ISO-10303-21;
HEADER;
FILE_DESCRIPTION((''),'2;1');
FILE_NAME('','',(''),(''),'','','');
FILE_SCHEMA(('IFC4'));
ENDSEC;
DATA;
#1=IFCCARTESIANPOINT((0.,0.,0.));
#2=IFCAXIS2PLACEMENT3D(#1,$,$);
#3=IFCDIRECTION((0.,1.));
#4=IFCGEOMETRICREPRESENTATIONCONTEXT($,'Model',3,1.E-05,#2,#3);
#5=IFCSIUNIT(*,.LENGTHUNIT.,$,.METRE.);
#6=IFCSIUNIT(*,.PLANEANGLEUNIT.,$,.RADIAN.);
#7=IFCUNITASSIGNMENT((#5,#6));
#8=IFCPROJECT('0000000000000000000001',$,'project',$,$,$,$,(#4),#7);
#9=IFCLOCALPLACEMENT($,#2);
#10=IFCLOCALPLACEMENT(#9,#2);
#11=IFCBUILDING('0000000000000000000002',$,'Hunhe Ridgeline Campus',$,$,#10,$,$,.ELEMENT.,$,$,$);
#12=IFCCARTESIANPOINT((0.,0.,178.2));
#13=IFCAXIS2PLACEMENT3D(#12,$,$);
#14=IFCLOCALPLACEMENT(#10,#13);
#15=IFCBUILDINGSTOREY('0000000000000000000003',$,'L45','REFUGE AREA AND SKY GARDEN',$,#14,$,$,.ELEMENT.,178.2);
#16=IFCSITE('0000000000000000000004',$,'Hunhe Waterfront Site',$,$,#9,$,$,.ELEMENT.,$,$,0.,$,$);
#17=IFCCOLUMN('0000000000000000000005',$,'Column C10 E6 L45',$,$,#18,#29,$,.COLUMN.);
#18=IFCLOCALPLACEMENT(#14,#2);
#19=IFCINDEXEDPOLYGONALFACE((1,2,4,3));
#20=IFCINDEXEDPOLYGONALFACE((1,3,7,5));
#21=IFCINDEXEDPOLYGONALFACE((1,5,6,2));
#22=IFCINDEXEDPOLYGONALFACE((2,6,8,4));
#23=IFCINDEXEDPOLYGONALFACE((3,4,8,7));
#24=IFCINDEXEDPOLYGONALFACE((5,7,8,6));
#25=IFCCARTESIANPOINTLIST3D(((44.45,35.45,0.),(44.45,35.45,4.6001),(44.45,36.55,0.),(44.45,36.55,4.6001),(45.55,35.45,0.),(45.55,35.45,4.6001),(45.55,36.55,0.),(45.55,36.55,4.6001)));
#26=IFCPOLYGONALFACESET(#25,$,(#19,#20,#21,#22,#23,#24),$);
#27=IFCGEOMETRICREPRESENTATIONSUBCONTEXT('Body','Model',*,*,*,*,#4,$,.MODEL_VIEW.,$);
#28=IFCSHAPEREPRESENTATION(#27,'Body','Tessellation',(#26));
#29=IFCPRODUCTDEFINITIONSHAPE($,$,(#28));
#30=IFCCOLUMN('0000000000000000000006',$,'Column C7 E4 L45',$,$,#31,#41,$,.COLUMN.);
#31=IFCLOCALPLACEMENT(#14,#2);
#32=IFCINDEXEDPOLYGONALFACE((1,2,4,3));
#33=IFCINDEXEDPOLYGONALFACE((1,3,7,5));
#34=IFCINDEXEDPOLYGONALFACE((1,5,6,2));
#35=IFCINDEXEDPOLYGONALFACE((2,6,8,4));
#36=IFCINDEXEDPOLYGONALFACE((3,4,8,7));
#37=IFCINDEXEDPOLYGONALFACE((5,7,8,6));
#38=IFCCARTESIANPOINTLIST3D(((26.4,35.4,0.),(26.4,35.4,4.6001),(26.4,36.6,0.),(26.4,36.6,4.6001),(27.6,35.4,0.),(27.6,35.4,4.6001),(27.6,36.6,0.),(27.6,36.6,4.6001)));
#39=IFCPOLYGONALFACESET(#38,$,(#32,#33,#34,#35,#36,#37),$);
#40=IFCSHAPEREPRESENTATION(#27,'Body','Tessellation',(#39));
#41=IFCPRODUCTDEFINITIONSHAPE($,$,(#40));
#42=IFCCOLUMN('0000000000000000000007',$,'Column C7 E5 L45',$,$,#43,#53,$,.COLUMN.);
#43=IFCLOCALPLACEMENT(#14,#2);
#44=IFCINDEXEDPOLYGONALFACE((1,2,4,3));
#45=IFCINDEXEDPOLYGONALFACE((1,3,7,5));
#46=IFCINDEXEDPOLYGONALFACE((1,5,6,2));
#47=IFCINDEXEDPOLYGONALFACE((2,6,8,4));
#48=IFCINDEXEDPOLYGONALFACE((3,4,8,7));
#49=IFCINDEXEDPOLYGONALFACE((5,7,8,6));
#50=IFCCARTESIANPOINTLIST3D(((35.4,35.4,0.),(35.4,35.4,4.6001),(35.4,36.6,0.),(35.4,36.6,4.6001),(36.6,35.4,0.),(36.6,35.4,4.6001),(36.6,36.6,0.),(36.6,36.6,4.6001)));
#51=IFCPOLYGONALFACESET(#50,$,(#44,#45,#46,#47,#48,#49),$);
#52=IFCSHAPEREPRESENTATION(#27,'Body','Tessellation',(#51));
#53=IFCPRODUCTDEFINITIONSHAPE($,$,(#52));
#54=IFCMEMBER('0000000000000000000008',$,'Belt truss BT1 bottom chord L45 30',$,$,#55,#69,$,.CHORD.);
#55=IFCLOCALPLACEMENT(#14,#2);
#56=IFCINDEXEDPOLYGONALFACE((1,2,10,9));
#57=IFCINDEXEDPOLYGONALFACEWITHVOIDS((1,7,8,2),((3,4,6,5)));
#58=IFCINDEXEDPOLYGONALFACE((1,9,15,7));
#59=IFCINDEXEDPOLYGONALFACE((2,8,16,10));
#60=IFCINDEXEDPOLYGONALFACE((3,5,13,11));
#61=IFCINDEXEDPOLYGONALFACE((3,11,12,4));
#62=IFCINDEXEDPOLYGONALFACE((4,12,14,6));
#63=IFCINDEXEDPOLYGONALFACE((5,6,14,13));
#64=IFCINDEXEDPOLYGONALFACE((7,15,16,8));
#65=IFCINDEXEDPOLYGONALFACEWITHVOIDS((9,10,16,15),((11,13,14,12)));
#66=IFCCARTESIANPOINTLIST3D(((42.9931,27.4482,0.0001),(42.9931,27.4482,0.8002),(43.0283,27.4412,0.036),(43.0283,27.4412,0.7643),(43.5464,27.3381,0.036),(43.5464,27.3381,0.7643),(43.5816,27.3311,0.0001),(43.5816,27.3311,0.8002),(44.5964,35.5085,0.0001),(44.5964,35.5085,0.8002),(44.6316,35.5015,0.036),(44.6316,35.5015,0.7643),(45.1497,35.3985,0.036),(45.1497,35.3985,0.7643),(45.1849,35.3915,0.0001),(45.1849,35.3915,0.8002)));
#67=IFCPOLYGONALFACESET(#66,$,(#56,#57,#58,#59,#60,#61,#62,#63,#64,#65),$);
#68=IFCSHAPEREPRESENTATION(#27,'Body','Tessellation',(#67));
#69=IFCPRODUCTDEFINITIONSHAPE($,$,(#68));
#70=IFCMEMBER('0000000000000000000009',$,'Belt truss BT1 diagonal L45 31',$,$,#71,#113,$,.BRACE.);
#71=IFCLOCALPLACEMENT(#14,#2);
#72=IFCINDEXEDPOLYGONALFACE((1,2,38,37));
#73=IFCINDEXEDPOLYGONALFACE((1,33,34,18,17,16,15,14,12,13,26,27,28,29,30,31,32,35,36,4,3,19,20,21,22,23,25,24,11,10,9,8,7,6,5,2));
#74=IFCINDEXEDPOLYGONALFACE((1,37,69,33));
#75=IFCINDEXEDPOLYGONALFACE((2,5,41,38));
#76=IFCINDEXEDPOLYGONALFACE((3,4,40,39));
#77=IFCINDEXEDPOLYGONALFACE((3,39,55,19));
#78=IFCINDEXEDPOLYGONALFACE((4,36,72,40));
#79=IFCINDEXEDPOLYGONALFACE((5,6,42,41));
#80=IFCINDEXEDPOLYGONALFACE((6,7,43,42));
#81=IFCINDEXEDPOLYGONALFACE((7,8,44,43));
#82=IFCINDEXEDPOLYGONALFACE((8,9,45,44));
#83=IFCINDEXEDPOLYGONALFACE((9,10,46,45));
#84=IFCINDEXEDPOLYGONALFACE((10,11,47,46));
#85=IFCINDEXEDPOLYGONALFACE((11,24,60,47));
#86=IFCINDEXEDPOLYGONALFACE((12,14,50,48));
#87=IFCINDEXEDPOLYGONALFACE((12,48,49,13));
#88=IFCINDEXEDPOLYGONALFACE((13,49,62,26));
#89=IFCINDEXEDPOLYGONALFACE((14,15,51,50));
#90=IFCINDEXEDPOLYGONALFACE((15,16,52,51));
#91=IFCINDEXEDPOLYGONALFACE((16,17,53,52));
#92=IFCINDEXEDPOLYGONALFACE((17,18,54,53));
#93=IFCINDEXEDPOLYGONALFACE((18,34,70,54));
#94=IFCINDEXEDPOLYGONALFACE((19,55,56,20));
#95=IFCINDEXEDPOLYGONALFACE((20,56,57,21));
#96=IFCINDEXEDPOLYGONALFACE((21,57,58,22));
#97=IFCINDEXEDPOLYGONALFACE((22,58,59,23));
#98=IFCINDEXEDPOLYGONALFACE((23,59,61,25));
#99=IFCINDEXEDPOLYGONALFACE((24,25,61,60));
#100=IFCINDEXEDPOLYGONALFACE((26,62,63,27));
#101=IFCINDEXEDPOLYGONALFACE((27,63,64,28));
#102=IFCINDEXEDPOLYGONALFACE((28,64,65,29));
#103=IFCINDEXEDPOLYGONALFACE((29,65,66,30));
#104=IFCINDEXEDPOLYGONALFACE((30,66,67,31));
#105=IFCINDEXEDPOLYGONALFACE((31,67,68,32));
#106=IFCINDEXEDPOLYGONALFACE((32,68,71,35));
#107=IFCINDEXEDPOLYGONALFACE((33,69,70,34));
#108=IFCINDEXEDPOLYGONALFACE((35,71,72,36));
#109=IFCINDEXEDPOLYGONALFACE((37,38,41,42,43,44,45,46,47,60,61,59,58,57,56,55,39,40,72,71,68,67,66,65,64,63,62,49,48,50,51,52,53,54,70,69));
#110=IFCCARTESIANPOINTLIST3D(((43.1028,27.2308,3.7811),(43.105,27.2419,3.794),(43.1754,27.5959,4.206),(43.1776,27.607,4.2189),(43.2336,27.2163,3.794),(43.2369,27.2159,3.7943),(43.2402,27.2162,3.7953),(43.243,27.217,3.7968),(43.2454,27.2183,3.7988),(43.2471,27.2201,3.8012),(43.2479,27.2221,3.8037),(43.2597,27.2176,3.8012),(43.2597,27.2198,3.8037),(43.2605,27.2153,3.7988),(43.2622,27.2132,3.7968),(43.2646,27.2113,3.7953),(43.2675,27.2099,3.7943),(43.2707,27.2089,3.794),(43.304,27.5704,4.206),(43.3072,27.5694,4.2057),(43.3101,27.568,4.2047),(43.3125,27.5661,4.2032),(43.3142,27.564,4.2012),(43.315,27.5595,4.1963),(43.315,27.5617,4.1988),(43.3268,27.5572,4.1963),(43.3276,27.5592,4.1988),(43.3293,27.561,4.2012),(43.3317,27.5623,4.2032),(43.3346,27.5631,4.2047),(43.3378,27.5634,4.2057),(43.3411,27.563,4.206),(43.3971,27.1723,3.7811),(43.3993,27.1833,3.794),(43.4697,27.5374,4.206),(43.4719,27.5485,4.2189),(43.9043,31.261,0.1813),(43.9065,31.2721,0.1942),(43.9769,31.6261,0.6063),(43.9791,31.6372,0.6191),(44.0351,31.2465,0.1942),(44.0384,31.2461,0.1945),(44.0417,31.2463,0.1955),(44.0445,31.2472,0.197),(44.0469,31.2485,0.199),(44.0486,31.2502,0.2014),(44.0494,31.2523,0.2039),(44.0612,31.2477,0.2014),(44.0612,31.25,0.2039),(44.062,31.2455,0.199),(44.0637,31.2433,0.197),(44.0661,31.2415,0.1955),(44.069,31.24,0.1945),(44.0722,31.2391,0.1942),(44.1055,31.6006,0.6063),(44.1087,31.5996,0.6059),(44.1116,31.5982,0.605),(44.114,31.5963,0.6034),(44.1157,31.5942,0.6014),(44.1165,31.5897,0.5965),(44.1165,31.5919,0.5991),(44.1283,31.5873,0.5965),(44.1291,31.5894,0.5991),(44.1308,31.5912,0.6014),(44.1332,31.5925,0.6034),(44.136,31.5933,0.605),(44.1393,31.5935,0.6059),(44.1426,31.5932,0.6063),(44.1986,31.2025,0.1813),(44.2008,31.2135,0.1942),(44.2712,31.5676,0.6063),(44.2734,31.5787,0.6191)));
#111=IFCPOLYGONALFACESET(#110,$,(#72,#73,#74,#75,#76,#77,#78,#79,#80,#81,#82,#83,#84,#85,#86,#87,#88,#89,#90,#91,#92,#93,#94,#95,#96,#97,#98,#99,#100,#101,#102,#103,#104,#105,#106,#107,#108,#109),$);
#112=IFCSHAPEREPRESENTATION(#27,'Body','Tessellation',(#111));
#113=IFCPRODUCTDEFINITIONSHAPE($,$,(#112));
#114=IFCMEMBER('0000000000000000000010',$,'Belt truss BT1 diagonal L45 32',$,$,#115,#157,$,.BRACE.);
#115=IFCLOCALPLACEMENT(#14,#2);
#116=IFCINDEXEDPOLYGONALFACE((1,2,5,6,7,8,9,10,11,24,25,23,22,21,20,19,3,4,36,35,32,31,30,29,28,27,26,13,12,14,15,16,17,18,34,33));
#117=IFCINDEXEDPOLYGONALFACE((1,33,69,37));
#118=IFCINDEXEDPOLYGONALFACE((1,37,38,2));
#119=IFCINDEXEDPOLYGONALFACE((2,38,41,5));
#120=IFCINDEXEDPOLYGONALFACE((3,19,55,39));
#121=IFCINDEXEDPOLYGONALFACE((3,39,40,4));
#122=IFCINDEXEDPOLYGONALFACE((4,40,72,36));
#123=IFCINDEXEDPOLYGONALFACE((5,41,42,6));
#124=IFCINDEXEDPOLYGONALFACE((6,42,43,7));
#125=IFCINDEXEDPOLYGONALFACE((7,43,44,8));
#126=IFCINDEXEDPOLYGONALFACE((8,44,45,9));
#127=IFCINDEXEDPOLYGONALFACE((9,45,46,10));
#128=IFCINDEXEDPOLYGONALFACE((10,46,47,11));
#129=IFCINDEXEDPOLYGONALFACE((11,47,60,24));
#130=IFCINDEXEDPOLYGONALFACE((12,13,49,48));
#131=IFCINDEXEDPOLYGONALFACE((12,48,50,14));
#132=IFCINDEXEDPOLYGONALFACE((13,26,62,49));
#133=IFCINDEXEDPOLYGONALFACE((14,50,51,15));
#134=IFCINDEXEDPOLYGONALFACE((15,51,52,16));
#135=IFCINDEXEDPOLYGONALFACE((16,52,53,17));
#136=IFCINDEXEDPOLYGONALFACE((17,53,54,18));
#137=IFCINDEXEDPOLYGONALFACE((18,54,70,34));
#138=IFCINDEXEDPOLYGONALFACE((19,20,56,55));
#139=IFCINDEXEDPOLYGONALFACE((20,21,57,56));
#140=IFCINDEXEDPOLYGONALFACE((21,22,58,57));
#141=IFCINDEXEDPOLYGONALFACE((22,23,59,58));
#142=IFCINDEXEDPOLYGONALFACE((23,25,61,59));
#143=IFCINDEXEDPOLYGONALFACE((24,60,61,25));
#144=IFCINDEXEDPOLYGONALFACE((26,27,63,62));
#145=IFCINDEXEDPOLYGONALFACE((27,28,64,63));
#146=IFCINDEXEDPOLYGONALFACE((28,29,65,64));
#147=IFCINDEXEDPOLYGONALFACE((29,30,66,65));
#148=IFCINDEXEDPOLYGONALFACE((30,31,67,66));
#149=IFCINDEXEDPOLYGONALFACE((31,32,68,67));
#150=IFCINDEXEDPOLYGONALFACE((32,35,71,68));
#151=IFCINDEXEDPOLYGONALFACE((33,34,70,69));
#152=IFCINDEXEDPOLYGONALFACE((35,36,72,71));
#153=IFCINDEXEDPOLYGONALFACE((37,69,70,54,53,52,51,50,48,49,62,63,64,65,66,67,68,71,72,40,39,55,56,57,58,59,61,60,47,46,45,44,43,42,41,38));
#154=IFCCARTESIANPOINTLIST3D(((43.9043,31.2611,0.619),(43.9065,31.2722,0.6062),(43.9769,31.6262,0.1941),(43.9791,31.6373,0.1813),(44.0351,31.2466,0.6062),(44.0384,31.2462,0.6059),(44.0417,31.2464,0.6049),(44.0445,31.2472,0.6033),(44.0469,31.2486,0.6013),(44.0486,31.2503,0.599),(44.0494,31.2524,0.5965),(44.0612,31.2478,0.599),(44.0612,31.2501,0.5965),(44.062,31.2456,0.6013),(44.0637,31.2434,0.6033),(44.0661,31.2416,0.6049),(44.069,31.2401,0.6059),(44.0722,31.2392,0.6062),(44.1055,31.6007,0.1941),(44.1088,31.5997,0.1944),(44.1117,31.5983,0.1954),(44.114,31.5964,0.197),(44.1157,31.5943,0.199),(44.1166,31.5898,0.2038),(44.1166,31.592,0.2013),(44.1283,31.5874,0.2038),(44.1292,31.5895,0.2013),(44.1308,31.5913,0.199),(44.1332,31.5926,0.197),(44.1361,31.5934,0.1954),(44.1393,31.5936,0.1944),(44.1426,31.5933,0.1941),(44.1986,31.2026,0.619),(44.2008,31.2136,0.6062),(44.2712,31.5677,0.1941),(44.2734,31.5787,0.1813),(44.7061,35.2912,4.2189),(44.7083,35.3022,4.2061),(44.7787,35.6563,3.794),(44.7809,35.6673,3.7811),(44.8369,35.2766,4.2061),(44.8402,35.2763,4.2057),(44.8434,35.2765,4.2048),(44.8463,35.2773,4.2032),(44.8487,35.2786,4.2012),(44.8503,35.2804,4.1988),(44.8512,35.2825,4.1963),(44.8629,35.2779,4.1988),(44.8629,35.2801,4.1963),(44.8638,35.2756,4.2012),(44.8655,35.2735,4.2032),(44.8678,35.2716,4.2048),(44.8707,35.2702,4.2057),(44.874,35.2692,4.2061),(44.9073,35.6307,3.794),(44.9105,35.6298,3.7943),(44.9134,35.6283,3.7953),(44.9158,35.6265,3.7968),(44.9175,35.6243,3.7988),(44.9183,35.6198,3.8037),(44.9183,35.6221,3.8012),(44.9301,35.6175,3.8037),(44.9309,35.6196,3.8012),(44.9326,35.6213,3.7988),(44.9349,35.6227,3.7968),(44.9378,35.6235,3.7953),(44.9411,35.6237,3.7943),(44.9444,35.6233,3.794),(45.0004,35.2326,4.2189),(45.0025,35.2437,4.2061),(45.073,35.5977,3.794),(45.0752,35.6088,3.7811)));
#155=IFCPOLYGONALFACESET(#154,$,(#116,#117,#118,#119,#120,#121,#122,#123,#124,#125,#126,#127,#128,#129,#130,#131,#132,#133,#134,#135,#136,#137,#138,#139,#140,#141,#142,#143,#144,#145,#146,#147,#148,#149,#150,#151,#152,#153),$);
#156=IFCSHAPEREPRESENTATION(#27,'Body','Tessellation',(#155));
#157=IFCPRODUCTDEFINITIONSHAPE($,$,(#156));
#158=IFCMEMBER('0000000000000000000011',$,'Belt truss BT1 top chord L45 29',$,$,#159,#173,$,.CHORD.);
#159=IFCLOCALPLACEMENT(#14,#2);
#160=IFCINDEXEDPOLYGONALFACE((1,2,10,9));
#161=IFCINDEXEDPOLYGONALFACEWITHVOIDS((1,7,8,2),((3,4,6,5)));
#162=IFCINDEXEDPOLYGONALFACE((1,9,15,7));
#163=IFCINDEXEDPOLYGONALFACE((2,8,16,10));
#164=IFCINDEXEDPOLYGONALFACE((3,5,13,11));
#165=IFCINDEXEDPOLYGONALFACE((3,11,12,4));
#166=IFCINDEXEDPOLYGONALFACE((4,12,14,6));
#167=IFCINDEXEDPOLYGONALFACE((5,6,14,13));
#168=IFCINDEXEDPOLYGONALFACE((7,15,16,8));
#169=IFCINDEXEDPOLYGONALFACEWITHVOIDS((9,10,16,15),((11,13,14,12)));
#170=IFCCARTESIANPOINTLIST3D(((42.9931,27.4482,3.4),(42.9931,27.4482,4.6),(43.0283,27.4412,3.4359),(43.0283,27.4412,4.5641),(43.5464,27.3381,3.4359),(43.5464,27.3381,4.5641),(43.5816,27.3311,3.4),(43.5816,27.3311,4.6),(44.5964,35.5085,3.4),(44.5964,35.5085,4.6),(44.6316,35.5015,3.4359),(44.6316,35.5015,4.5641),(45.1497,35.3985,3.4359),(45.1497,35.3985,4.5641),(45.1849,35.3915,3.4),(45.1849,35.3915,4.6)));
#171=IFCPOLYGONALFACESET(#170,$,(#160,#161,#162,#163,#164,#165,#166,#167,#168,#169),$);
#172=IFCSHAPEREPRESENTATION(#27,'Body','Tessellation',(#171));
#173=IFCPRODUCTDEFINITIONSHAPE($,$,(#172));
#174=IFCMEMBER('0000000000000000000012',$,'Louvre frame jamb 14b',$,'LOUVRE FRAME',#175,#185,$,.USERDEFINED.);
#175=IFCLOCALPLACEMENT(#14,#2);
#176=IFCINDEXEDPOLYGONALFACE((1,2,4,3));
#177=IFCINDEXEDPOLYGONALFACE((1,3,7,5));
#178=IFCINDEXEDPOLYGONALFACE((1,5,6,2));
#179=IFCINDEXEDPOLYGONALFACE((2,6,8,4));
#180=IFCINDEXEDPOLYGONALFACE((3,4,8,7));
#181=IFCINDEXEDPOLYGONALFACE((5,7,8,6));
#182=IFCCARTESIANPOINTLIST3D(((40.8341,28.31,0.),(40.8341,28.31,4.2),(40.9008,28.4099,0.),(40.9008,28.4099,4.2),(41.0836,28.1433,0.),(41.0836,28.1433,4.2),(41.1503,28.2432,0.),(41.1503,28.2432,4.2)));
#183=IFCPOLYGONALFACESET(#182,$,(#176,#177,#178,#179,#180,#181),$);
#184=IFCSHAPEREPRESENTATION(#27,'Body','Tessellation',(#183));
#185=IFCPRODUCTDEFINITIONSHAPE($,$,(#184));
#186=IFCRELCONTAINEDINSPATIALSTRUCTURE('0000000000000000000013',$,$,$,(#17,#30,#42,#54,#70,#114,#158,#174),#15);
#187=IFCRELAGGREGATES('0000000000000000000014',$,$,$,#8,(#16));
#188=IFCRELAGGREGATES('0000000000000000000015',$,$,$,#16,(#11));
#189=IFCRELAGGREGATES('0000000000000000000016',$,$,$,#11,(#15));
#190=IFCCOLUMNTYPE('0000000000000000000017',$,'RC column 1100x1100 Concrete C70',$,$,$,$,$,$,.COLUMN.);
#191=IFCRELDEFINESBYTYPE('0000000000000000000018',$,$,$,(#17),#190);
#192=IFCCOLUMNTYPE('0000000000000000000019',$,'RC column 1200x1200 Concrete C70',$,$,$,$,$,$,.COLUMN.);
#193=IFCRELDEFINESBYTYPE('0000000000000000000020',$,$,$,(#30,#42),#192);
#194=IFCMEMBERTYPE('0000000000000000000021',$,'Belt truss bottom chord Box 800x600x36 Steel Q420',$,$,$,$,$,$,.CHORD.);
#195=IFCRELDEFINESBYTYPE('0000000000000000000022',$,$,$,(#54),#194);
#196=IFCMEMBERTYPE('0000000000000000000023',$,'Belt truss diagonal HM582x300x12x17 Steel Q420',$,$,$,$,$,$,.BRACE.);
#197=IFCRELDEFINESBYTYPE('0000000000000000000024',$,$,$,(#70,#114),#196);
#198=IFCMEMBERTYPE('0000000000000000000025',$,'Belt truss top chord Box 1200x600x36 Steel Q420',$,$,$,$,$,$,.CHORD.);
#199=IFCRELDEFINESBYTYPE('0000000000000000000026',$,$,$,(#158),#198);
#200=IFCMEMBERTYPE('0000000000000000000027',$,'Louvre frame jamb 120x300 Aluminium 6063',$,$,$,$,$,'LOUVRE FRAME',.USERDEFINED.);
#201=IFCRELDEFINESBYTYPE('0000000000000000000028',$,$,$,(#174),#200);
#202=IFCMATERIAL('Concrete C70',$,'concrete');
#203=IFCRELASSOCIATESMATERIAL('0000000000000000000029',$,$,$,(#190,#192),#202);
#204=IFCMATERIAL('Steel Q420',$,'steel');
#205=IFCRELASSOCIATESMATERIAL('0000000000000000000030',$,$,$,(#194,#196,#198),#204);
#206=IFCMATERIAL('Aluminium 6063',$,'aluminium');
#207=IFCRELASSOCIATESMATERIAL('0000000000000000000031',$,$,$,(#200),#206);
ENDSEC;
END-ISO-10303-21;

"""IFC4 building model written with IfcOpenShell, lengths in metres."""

from ifc_helpers import new_model, si_unit, direction, frame, origin, origin_2d, place, context, subcontext, project, spatial, rectangle, hollow_rectangle, i_section, extrude, material, material_profile, profile_set, type_object, element, save


model = new_model("IFC4")

# Units and contexts
model_context = context("Model", 3, precision=1e-05, world=origin(), true_north=direction((0.0, 1.0)))
body_context = subcontext(model_context, "Body", "Model", "MODEL_VIEW")
ifc_project = project(units=[si_unit("LENGTHUNIT", "METRE"), si_unit("PLANEANGLEUNIT", "RADIAN")], contexts=[model_context])

# Site, building, storey
site_placement = place(None, origin())
site = spatial("IfcSite", under=ifc_project, at=site_placement, Name="Hunhe Waterfront Site", CompositionType="ELEMENT", RefElevation=0.0)
building_placement = place(site_placement, origin())
building = spatial("IfcBuilding", under=site, at=building_placement, Name="Hunhe Ridgeline Campus", CompositionType="ELEMENT")
storey_placement = place(building_placement, frame((0.0, 0.0, 178.2)))
storey = spatial("IfcBuildingStorey", under=building, at=storey_placement, Name="L45", Description="REFUGE AREA AND SKY GARDEN", CompositionType="ELEMENT", Elevation=178.2)

# Columns
ifc_material_1 = material(Name="Concrete C70", Category="concrete")
ifc_material_profile_1 = material_profile(ifc_material_1, rectangle(XDim=1.1001, YDim=1.1001, at=origin_2d()))
ifc_profile_set_1 = profile_set([ifc_material_profile_1], Name="Concrete C70")
column_type_1 = type_object("IfcColumnType", Name="RC column 1100x1100 Concrete C70", PredefinedType="COLUMN", material=ifc_profile_set_1)
column_placement = place(storey_placement, frame((45.0, 36.0, 0.0), z_axis=(0.0, 0.0, 1.0), x_axis=(1.0, 0.0, 0.0)))
element("IfcColumn", 1, at=column_placement, inside=storey, type_object=column_type_1, Name="Column C10 E6 L45", PredefinedType="COLUMN", context=body_context, shape_type="SweptSolid", body=[
    extrude(rectangle(XDim=1.1001, YDim=1.1001, at=origin_2d()), origin(), (0.0, 0.0, 1.0), 4.6001),
])
ifc_material_profile_2 = material_profile(ifc_material_1, rectangle(XDim=1.2, YDim=1.2, at=origin_2d()))
ifc_profile_set_2 = profile_set([ifc_material_profile_2], Name="Concrete C70")
column_type_2 = type_object("IfcColumnType", Name="RC column 1200x1200 Concrete C70", PredefinedType="COLUMN", material=ifc_profile_set_2)
for number, where, z_axis, x_axis, name in (
    (2, (27.0, 36.0, 0.0), (0.0, 0.0, 1.0), (1.0, 0.0, 0.0), "Column C7 E4 L45"),
    (3, (36.0, 36.0, 0.0), (0.0, 0.0, 1.0), (1.0, 0.0, 0.0), "Column C7 E5 L45"),
):
    element("IfcColumn", number, at=place(storey_placement, frame(where, z_axis=z_axis, x_axis=x_axis)), inside=storey, type_object=column_type_2, Name=name, PredefinedType="COLUMN", context=body_context, shape_type="SweptSolid", body=[
        extrude(rectangle(XDim=1.2, YDim=1.2, at=origin_2d()), origin(), (0.0, 0.0, 1.0), 4.6001),
    ])

# Members
ifc_material_2 = material(Name="Steel Q420", Category="steel")
ifc_material_profile_3 = material_profile(ifc_material_2, hollow_rectangle(XDim=0.6001, YDim=0.8, WallThickness=0.0359, at=origin_2d()))
ifc_profile_set_3 = profile_set([ifc_material_profile_3], Name="Steel Q420")
member_type_1 = type_object("IfcMemberType", Name="Belt truss bottom chord Box 800x600x36 Steel Q420", PredefinedType="CHORD", material=ifc_profile_set_3)
member_1_placement = place(storey_placement, frame((43.2874, 27.3896, 0.4001), z_axis=(0.195088, 0.980786, 0.0), x_axis=(-0.980786, 0.195088, 0.0)))
element("IfcMember", 4, at=member_1_placement, inside=storey, type_object=member_type_1, Name="Belt truss BT1 bottom chord L45 30", PredefinedType="CHORD", context=body_context, shape_type="SweptSolid", body=[
    extrude(hollow_rectangle(XDim=0.6001, YDim=0.8, WallThickness=0.0359, at=origin_2d()), origin(), (0.0, 0.0, 1.0), 8.2183),
])
ifc_material_profile_4 = material_profile(ifc_material_2, i_section(OverallWidth=0.3, OverallDepth=0.582, WebThickness=0.012, FlangeThickness=0.0171, FilletRadius=0.0129, at=origin_2d()))
ifc_profile_set_4 = profile_set([ifc_material_profile_4], Name="Steel Q420")
member_type_2 = type_object("IfcMemberType", Name="Belt truss diagonal HM582x300x12x17 Steel Q420", PredefinedType="BRACE", material=ifc_profile_set_4)
for number, where, z_axis, x_axis, name in (
    (5, (43.2874, 27.3896, 4.0), (0.146717, 0.737739, -0.658951), (-0.980793, 0.195053, 0.0), "Belt truss BT1 diagonal L45 31"),
    (6, (44.0889, 31.4199, 0.4001), (0.146765, 0.737713, 0.658968), (-0.980779, 0.195122, 0.0), "Belt truss BT1 diagonal L45 32"),
):
    element("IfcMember", number, at=place(storey_placement, frame(where, z_axis=z_axis, x_axis=x_axis)), inside=storey, type_object=member_type_2, Name=name, PredefinedType="BRACE", context=body_context, shape_type="SweptSolid", body=[
        extrude(i_section(OverallWidth=0.3, OverallDepth=0.582, WebThickness=0.012, FlangeThickness=0.0171, FilletRadius=0.0129, at=origin_2d()), origin(), (0.0, 0.0, 1.0), 5.4629),
    ])
ifc_material_profile_5 = material_profile(ifc_material_2, hollow_rectangle(XDim=0.6001, YDim=1.2, WallThickness=0.0359, at=origin_2d()))
ifc_profile_set_5 = profile_set([ifc_material_profile_5], Name="Steel Q420")
member_type_3 = type_object("IfcMemberType", Name="Belt truss top chord Box 1200x600x36 Steel Q420", PredefinedType="CHORD", material=ifc_profile_set_5)
member_2_placement = place(storey_placement, frame((43.2874, 27.3896, 4.0), z_axis=(0.195088, 0.980786, 0.0), x_axis=(-0.980786, 0.195088, 0.0)))
element("IfcMember", 7, at=member_2_placement, inside=storey, type_object=member_type_3, Name="Belt truss BT1 top chord L45 29", PredefinedType="CHORD", context=body_context, shape_type="SweptSolid", body=[
    extrude(hollow_rectangle(XDim=0.6001, YDim=1.2, WallThickness=0.0359, at=origin_2d()), origin(), (0.0, 0.0, 1.0), 8.2183),
])
ifc_material_3 = material(Name="Aluminium 6063", Category="aluminium")
ifc_material_profile_6 = material_profile(ifc_material_3, rectangle(XDim=0.3, YDim=0.1201, at=origin_2d()))
ifc_profile_set_6 = profile_set([ifc_material_profile_6], Name="Aluminium 6063")
member_type_4 = type_object("IfcMemberType", Name="Louvre frame jamb 120x300 Aluminium 6063", ElementType="LOUVRE FRAME", PredefinedType="USERDEFINED", material=ifc_profile_set_6)
for number, where, z_axis, x_axis, name in (
    (8, (40.9922, 28.2766, 0.0), (0.0, 0.0, 1.0), (-0.83147, 0.55557, 0.0), "Louvre frame jamb 14b"),
):
    element("IfcMember", number, at=place(storey_placement, frame(where, z_axis=z_axis, x_axis=x_axis)), inside=storey, type_object=member_type_4, Name=name, ObjectType="LOUVRE FRAME", PredefinedType="USERDEFINED", context=body_context, shape_type="SweptSolid", body=[
        extrude(rectangle(XDim=0.3, YDim=0.1201, at=origin_2d()), origin(), (0.0, 0.0, 1.0), 4.2),
    ])

save(model, "model.ifc")
